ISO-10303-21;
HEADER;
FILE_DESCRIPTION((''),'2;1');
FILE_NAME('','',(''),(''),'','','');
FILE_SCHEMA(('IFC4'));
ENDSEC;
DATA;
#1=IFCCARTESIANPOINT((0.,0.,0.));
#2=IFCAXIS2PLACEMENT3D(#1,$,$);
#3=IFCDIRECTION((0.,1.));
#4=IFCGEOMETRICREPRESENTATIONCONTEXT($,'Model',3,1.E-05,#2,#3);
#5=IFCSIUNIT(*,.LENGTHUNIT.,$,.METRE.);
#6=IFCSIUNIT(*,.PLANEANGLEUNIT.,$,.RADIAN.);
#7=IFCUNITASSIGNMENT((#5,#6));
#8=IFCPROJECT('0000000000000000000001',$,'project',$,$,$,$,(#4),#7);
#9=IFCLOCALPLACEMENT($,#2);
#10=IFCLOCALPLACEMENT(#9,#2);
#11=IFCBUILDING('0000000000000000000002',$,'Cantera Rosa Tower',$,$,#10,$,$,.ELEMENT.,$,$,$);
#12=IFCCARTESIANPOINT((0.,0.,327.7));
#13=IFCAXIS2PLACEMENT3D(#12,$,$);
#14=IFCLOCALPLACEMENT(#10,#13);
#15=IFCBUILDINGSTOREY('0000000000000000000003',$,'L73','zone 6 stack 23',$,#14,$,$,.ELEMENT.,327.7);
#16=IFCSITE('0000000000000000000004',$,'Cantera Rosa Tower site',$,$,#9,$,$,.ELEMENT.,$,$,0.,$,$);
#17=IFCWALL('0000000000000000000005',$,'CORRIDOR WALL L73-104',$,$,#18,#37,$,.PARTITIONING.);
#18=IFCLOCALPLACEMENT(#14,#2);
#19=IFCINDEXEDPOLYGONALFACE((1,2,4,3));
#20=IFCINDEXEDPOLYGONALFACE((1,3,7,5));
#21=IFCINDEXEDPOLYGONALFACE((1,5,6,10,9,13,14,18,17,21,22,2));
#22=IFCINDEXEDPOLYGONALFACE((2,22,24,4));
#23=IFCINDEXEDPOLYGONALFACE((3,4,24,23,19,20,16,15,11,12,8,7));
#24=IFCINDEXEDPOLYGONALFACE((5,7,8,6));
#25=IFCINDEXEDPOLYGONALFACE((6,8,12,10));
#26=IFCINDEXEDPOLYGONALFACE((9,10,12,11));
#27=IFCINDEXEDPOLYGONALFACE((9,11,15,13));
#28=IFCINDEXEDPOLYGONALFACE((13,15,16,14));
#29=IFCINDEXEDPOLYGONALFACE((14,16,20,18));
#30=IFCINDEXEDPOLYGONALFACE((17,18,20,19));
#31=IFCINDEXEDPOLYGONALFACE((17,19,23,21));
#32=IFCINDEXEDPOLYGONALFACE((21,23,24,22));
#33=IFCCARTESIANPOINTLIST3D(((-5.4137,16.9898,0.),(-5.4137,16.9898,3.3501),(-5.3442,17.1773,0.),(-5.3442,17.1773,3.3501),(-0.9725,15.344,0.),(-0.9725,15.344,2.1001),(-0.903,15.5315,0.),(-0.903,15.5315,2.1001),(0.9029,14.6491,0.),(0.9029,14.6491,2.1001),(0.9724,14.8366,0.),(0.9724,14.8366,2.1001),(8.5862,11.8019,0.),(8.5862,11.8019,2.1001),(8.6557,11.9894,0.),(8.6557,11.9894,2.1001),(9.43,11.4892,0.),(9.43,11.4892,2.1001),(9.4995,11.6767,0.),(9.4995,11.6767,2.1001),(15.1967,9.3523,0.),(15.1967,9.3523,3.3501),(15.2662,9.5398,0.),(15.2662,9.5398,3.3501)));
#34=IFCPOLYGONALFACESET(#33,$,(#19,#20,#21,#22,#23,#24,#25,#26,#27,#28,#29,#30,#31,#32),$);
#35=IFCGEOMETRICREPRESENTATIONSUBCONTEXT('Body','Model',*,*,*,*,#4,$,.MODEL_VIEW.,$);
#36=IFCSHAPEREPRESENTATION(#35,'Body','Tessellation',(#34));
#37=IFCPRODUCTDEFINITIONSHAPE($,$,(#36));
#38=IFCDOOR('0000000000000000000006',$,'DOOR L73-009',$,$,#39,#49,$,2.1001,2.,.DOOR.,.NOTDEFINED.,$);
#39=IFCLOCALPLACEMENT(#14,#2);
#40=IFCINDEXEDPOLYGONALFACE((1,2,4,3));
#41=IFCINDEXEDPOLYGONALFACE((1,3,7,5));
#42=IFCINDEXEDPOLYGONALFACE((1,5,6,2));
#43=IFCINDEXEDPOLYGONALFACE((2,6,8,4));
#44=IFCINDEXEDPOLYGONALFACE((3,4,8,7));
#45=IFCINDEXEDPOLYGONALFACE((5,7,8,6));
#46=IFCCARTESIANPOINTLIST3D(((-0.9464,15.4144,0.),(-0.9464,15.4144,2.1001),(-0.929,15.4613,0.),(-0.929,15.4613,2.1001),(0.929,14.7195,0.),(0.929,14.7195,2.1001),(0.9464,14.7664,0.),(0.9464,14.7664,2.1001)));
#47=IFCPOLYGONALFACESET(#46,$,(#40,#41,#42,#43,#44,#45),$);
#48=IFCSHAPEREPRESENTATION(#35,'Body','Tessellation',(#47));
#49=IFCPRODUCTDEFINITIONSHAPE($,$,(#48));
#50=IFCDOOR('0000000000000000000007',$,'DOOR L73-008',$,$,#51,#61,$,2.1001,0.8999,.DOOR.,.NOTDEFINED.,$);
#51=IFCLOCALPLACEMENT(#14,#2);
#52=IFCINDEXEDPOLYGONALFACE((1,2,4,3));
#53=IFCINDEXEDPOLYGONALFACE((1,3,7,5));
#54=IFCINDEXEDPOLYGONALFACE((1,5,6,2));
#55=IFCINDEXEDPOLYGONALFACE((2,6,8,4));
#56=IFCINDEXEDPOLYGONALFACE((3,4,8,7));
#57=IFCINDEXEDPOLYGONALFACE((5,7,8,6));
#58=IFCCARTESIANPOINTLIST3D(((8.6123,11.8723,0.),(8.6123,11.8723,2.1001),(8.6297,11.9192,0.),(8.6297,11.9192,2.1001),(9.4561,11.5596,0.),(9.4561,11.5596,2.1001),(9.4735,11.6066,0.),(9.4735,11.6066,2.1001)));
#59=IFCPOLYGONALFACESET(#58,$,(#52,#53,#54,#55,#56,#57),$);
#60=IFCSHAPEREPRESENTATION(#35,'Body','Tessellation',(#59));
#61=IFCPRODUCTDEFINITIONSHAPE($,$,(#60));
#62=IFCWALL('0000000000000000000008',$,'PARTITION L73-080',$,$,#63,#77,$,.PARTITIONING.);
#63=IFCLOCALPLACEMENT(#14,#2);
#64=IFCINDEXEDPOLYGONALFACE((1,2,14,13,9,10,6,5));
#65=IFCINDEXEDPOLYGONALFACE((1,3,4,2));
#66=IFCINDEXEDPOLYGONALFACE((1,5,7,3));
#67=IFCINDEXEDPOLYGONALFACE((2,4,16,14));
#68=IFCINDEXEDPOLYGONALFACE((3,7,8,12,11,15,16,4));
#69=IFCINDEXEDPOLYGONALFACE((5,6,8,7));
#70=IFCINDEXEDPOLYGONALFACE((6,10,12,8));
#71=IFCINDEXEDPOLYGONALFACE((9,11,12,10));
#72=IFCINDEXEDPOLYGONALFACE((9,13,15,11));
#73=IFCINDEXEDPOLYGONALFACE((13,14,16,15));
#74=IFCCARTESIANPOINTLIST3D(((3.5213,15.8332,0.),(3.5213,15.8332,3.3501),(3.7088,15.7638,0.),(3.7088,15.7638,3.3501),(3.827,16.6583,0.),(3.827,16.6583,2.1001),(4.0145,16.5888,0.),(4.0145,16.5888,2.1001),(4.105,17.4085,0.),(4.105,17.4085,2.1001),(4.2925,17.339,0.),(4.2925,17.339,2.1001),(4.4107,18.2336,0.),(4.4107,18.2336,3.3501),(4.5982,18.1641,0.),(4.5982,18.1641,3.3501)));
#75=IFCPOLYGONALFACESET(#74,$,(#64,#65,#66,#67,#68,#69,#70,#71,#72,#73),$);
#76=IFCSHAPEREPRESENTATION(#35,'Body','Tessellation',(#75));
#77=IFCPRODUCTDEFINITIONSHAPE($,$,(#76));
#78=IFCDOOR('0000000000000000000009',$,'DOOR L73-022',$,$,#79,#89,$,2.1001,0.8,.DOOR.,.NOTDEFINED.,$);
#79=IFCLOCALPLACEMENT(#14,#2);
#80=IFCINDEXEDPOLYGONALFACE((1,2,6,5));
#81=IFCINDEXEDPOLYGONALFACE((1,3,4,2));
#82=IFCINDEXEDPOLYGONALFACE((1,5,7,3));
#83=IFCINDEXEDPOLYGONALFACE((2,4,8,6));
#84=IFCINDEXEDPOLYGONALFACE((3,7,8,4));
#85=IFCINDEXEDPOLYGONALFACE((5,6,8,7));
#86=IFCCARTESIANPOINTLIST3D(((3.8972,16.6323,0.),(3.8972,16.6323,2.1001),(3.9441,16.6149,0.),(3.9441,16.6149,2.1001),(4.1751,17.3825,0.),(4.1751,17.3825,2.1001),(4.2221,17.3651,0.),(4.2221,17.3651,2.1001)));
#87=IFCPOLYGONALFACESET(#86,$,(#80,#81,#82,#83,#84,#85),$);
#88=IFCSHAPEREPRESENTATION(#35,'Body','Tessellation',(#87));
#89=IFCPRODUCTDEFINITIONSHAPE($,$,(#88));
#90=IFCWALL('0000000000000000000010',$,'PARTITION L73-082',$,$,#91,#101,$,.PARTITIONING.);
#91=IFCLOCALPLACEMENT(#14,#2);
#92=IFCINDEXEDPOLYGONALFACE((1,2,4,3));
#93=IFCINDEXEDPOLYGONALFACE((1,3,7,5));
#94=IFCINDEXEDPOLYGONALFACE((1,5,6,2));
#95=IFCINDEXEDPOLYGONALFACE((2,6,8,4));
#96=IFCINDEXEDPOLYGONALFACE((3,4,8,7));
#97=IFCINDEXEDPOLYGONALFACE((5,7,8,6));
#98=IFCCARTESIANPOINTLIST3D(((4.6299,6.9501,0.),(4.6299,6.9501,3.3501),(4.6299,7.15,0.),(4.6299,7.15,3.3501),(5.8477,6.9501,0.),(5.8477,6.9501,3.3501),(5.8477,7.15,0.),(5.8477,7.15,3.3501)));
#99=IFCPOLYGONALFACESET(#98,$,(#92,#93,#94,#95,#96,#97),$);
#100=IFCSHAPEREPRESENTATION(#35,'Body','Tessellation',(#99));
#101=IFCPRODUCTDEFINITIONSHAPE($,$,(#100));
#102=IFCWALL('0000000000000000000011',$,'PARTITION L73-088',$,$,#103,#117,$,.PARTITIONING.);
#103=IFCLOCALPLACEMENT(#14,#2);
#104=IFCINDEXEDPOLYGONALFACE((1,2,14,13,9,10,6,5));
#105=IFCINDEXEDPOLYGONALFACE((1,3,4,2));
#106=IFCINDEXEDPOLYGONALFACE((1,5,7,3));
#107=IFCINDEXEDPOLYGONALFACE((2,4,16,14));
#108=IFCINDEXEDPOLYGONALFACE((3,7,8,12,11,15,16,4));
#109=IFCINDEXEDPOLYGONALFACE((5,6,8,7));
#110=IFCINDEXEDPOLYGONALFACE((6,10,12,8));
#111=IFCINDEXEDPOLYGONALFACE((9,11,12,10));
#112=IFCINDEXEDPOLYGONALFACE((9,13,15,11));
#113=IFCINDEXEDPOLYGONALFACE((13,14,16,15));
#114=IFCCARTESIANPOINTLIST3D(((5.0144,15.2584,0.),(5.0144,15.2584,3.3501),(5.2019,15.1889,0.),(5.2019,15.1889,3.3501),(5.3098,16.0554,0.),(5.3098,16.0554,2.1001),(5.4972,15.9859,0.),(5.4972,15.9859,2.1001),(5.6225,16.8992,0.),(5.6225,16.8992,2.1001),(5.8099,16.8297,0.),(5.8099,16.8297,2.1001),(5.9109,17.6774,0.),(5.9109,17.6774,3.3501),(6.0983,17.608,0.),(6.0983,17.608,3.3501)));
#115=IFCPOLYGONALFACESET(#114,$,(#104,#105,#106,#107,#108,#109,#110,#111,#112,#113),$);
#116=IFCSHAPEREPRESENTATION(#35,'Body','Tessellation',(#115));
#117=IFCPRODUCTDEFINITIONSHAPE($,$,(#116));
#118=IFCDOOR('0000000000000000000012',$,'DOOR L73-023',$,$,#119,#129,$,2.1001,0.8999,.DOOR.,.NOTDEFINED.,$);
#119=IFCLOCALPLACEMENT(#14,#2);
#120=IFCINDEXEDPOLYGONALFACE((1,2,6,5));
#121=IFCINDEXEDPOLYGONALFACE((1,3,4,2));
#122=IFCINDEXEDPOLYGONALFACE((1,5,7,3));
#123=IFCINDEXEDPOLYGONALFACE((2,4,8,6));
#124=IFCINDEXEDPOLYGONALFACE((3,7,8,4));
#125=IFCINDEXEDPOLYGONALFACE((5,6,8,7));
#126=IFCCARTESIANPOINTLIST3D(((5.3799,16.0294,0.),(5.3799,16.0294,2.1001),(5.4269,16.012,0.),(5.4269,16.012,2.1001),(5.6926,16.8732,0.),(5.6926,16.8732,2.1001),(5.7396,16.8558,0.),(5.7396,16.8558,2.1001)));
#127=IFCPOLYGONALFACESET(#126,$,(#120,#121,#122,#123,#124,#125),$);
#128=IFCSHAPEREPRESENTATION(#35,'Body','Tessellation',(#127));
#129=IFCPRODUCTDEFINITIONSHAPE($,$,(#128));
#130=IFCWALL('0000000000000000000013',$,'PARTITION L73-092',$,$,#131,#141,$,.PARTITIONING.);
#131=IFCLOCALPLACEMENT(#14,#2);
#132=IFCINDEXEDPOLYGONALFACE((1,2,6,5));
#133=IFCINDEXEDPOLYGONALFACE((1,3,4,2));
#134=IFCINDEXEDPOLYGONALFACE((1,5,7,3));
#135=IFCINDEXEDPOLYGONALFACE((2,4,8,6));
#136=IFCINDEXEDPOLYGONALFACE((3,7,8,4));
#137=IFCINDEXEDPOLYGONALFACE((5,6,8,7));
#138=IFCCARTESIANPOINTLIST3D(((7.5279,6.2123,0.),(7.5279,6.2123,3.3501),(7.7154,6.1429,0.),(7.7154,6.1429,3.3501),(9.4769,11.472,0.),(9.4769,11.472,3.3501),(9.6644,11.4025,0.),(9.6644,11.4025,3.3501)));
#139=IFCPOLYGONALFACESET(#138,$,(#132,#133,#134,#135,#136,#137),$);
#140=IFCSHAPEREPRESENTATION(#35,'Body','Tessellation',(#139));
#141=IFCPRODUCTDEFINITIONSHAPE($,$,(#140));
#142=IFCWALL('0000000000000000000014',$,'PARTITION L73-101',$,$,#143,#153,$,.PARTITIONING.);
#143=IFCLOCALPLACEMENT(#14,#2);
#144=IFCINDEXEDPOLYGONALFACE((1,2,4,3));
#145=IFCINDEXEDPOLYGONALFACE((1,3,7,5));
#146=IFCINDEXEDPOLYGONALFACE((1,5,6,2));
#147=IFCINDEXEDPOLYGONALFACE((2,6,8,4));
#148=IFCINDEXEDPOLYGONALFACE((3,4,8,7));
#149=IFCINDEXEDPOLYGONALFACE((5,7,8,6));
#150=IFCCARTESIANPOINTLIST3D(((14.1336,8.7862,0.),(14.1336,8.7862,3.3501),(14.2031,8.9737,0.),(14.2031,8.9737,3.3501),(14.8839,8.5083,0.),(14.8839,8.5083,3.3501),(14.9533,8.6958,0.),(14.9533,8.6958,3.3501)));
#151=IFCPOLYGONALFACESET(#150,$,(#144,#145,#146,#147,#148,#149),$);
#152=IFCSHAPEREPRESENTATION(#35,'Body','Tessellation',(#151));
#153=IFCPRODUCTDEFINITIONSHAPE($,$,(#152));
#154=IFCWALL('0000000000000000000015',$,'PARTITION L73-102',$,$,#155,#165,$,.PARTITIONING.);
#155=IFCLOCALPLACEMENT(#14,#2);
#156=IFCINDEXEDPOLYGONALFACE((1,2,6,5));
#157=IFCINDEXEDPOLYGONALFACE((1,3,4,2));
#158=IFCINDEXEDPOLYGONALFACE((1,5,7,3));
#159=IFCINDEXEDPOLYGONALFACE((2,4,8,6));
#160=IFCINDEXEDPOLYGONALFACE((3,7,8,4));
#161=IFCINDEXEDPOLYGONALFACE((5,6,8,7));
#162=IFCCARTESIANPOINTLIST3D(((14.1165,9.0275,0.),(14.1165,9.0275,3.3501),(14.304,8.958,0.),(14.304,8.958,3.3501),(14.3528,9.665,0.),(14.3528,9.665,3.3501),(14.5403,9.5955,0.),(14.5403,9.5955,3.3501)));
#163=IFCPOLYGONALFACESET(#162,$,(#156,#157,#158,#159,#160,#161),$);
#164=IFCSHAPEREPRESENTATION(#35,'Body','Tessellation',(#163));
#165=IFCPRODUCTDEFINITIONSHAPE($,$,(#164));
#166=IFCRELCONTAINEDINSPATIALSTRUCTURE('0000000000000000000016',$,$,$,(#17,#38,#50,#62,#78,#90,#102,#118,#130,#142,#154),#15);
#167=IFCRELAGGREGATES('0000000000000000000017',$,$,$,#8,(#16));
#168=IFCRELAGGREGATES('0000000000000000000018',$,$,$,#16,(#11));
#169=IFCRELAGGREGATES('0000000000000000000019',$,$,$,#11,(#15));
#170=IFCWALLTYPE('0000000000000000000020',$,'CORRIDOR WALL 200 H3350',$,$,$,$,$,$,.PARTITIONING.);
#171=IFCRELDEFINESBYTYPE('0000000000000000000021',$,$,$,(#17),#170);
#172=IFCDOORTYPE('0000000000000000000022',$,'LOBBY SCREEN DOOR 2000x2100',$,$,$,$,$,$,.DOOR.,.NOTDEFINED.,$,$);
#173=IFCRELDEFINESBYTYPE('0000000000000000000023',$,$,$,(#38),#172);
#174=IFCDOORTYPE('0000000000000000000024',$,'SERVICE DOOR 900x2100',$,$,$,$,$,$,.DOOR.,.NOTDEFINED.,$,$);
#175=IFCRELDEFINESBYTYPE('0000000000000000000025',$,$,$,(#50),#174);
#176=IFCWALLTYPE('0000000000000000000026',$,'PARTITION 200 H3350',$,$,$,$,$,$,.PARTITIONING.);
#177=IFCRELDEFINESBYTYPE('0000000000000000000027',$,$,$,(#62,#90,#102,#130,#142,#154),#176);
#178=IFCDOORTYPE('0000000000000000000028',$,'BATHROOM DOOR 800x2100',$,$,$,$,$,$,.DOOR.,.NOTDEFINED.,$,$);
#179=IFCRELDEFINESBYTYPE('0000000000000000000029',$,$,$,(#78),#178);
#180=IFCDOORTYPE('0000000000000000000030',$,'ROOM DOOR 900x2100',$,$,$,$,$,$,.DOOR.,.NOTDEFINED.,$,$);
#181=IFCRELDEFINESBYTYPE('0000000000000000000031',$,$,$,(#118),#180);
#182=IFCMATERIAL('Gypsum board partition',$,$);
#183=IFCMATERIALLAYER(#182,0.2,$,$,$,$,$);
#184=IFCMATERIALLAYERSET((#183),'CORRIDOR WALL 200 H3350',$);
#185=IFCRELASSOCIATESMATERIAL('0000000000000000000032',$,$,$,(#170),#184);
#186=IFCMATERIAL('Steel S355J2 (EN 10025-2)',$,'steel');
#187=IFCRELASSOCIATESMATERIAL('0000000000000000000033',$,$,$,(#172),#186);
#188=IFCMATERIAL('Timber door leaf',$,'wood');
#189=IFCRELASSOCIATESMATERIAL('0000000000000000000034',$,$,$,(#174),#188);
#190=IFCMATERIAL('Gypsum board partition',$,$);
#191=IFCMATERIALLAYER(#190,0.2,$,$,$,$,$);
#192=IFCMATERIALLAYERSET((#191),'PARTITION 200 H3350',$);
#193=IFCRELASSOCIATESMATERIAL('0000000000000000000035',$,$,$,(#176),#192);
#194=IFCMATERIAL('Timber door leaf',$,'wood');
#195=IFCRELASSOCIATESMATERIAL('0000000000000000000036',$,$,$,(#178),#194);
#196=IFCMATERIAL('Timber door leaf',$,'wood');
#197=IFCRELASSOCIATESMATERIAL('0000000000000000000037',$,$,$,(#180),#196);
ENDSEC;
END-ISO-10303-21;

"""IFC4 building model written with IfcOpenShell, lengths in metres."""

from ifc_helpers import new_model, si_unit, direction, frame, frame_2d, origin, place, context, subcontext, project, spatial, rectangle, extrude, material, layer, layer_set, type_object, element, fill, save


model = new_model("IFC4")

# Units and contexts
model_context = context("Model", 3, precision=1e-05, world=origin(), true_north=direction((0.0, 1.0)))
body_context = subcontext(model_context, "Body", "Model", "MODEL_VIEW")
ifc_project = project(units=[si_unit("LENGTHUNIT", "METRE"), si_unit("PLANEANGLEUNIT", "RADIAN")], contexts=[model_context])

# Site, building, storey
site_placement = place(None, origin())
site = spatial("IfcSite", under=ifc_project, at=site_placement, Name="Cantera Rosa Tower site", CompositionType="ELEMENT", RefElevation=0.0)
building_placement = place(site_placement, origin())
building = spatial("IfcBuilding", under=site, at=building_placement, Name="Cantera Rosa Tower", CompositionType="ELEMENT")
storey_placement = place(building_placement, frame((0.0, 0.0, 327.7)))
storey = spatial("IfcBuildingStorey", under=building, at=storey_placement, Name="L73", Description="zone 6 stack 23", CompositionType="ELEMENT", Elevation=327.7)

# Shared definitions
ifc_material_1 = material(Name="Gypsum board partition")
ifc_layer_1 = layer(ifc_material_1, 0.2)
ifc_layer_set_1 = layer_set([ifc_layer_1], Name="CORRIDOR WALL 200 H3350")
wall_type_1 = type_object("IfcWallType", Name="CORRIDOR WALL 200 H3350", PredefinedType="PARTITIONING", material=ifc_layer_set_1)

# Wall, openings, doors
wall_1_placement = place(storey_placement, frame((15.2314, 9.446, 0.0), z_axis=(0.0, 0.0, 1.0), x_axis=(-0.93769, 0.347474, 0.0)))
wall_1 = element("IfcWall", 1, at=wall_1_placement, inside=storey, type_object=wall_type_1, Name="CORRIDOR WALL L73-104", PredefinedType="PARTITIONING", context=body_context, shape_type="SweptSolid", body=[
    extrude(rectangle(XDim=21.98, YDim=0.2, at=frame_2d((10.99, 0.0))), origin(), (0.0, 0.0, 1.0), 3.3501),
])
opening_1_placement = place(wall_1_placement, frame((6.1499, 0.0, 0.0)))
opening_1 = element("IfcOpeningElement", 2, at=opening_1_placement, cuts=wall_1, PredefinedType="OPENING", context=body_context, shape_type="SweptSolid", body=[
    extrude(rectangle(XDim=0.8999, YDim=2.1001, at=frame_2d((0.45, 1.05))), frame((0.0, 0.1099, 0.0), z_axis=(0.0, -1.0, 0.0), x_axis=(1.0, 0.0, 0.0)), (0.0, 0.0, 1.0), 0.22),
])
opening_2_placement = place(wall_1_placement, frame((15.2437, 0.0, 0.0)))
opening_2 = element("IfcOpeningElement", 3, at=opening_2_placement, cuts=wall_1, PredefinedType="OPENING", context=body_context, shape_type="SweptSolid", body=[
    extrude(rectangle(XDim=2.0, YDim=2.1001, at=frame_2d((1.0, 1.05))), frame((0.0, 0.1099, 0.0), z_axis=(0.0, -1.0, 0.0), x_axis=(1.0, 0.0, 0.0)), (0.0, 0.0, 1.0), 0.22),
])
ifc_material_2 = material(Name="Steel S355J2 (EN 10025-2)", Category="steel")
door_type_1 = type_object("IfcDoorType", Name="LOBBY SCREEN DOOR 2000x2100", OperationType="NOTDEFINED", PredefinedType="DOOR", material=ifc_material_2)
door_1_placement = place(opening_2_placement, origin())
door_1 = element("IfcDoor", 4, at=door_1_placement, inside=storey, type_object=door_type_1, Name="DOOR L73-009", OperationType="NOTDEFINED", OverallHeight=2.1001, OverallWidth=2.0, PredefinedType="DOOR", context=body_context, shape_type="SweptSolid", body=[
    extrude(rectangle(XDim=2.0, YDim=2.1001, at=frame_2d((1.0, 1.05))), frame((0.0, 0.0249, 0.0), z_axis=(0.0, -1.0, 0.0), x_axis=(1.0, 0.0, 0.0)), (0.0, 0.0, 1.0), 0.05),
])
fill(opening_2, door_1)
ifc_material_3 = material(Name="Timber door leaf", Category="wood")
door_type_2 = type_object("IfcDoorType", Name="SERVICE DOOR 900x2100", OperationType="NOTDEFINED", PredefinedType="DOOR", material=ifc_material_3)
door_2_placement = place(opening_1_placement, origin())
door_2 = element("IfcDoor", 5, at=door_2_placement, inside=storey, type_object=door_type_2, Name="DOOR L73-008", OperationType="NOTDEFINED", OverallHeight=2.1001, OverallWidth=0.8999, PredefinedType="DOOR", context=body_context, shape_type="SweptSolid", body=[
    extrude(rectangle(XDim=0.8999, YDim=2.1001, at=frame_2d((0.45, 1.05))), frame((0.0, 0.0249, 0.0), z_axis=(0.0, -1.0, 0.0), x_axis=(1.0, 0.0, 0.0)), (0.0, 0.0, 1.0), 0.05),
])
fill(opening_1, door_2)

# Wall, opening, door
ifc_material_4 = material(Name="Gypsum board partition")
ifc_layer_2 = layer(ifc_material_4, 0.2)
ifc_layer_set_2 = layer_set([ifc_layer_2], Name="PARTITION 200 H3350")
wall_type_2 = type_object("IfcWallType", Name="PARTITION 200 H3350", PredefinedType="PARTITIONING", material=ifc_layer_set_2)
wall_2_placement = place(storey_placement, frame((4.5044, 18.1987, 0.0), z_axis=(0.0, 0.0, 1.0), x_axis=(-0.347442, -0.937702, 0.0)))
wall_2 = element("IfcWall", 6, at=wall_2_placement, inside=storey, type_object=wall_type_2, Name="PARTITION L73-080", PredefinedType="PARTITIONING", context=body_context, shape_type="SweptSolid", body=[
    extrude(rectangle(XDim=2.5598, YDim=0.2, at=frame_2d((1.2798, 0.0))), origin(), (0.0, 0.0, 1.0), 3.3501),
])
opening_3_placement = place(wall_2_placement, frame((0.8799, 0.0, 0.0)))
opening_3 = element("IfcOpeningElement", 7, at=opening_3_placement, cuts=wall_2, PredefinedType="OPENING", context=body_context, shape_type="SweptSolid", body=[
    extrude(rectangle(XDim=0.8, YDim=2.1001, at=frame_2d((0.3999, 1.05))), frame((0.0, 0.1099, 0.0), z_axis=(0.0, -1.0, 0.0), x_axis=(1.0, 0.0, 0.0)), (0.0, 0.0, 1.0), 0.22),
])
ifc_material_5 = material(Name="Timber door leaf", Category="wood")
door_type_3 = type_object("IfcDoorType", Name="BATHROOM DOOR 800x2100", OperationType="NOTDEFINED", PredefinedType="DOOR", material=ifc_material_5)
door_3_placement = place(opening_3_placement, origin())
door_3 = element("IfcDoor", 8, at=door_3_placement, inside=storey, type_object=door_type_3, Name="DOOR L73-022", OperationType="NOTDEFINED", OverallHeight=2.1001, OverallWidth=0.8, PredefinedType="DOOR", context=body_context, shape_type="SweptSolid", body=[
    extrude(rectangle(XDim=0.8, YDim=2.1001, at=frame_2d((0.3999, 1.05))), frame((0.0, 0.0249, 0.0), z_axis=(0.0, -1.0, 0.0), x_axis=(1.0, 0.0, 0.0)), (0.0, 0.0, 1.0), 0.05),
])
fill(opening_3, door_3)

# Wall
wall_3_placement = place(storey_placement, frame((4.6299, 7.05, 0.0), z_axis=(0.0, 0.0, 1.0), x_axis=(1.0, 0.0, 0.0)))
element("IfcWall", 9, at=wall_3_placement, inside=storey, type_object=wall_type_2, Name="PARTITION L73-082", PredefinedType="PARTITIONING", context=body_context, shape_type="SweptSolid", body=[
    extrude(rectangle(XDim=1.2178, YDim=0.2, at=frame_2d((0.6089, 0.0))), origin(), (0.0, 0.0, 1.0), 3.3501),
])

# Wall, opening, door
wall_4_placement = place(storey_placement, frame((6.0046, 17.6428, 0.0), z_axis=(0.0, 0.0, 1.0), x_axis=(-0.347481, -0.937687, 0.0)))
wall_4 = element("IfcWall", 10, at=wall_4_placement, inside=storey, type_object=wall_type_2, Name="PARTITION L73-088", PredefinedType="PARTITIONING", context=body_context, shape_type="SweptSolid", body=[
    extrude(rectangle(XDim=2.5798, YDim=0.2, at=frame_2d((1.29, 0.0))), origin(), (0.0, 0.0, 1.0), 3.3501),
])
opening_4_placement = place(wall_4_placement, frame((0.8301, 0.0, 0.0)))
opening_4 = element("IfcOpeningElement", 11, at=opening_4_placement, cuts=wall_4, PredefinedType="OPENING", context=body_context, shape_type="SweptSolid", body=[
    extrude(rectangle(XDim=0.8999, YDim=2.1001, at=frame_2d((0.45, 1.05))), frame((0.0, 0.1099, 0.0), z_axis=(0.0, -1.0, 0.0), x_axis=(1.0, 0.0, 0.0)), (0.0, 0.0, 1.0), 0.22),
])
ifc_material_6 = material(Name="Timber door leaf", Category="wood")
door_type_4 = type_object("IfcDoorType", Name="ROOM DOOR 900x2100", OperationType="NOTDEFINED", PredefinedType="DOOR", material=ifc_material_6)
door_4_placement = place(opening_4_placement, origin())
door_4 = element("IfcDoor", 12, at=door_4_placement, inside=storey, type_object=door_type_4, Name="DOOR L73-023", OperationType="NOTDEFINED", OverallHeight=2.1001, OverallWidth=0.8999, PredefinedType="DOOR", context=body_context, shape_type="SweptSolid", body=[
    extrude(rectangle(XDim=0.8999, YDim=2.1001, at=frame_2d((0.45, 1.05))), frame((0.0, 0.0249, 0.0), z_axis=(0.0, -1.0, 0.0), x_axis=(1.0, 0.0, 0.0)), (0.0, 0.0, 1.0), 0.05),
])
fill(opening_4, door_4)

# Walls
wall_5_placement = place(storey_placement, frame((7.6216, 6.1775, 0.0), z_axis=(0.0, 0.0, 1.0), x_axis=(0.347472, 0.93769, 0.0)))
element("IfcWall", 13, at=wall_5_placement, inside=storey, type_object=wall_type_2, Name="PARTITION L73-092", PredefinedType="PARTITIONING", context=body_context, shape_type="SweptSolid", body=[
    extrude(rectangle(XDim=5.6091, YDim=0.2, at=frame_2d((2.8047, 0.0))), origin(), (0.0, 0.0, 1.0), 3.3501),
])
wall_6_placement = place(storey_placement, frame((14.1685, 8.8799, 0.0), z_axis=(0.0, 0.0, 1.0), x_axis=(0.937763, -0.347275, 0.0)))
element("IfcWall", 14, at=wall_6_placement, inside=storey, type_object=wall_type_2, Name="PARTITION L73-101", PredefinedType="PARTITIONING", context=body_context, shape_type="SweptSolid", body=[
    extrude(rectangle(XDim=0.8, YDim=0.2, at=frame_2d((0.3999, 0.0))), origin(), (0.0, 0.0, 1.0), 3.3501),
])
wall_7_placement = place(storey_placement, frame((14.4465, 9.6301, 0.0), z_axis=(0.0, 0.0, 1.0), x_axis=(-0.347618, -0.937636, 0.0)))
element("IfcWall", 15, at=wall_7_placement, inside=storey, type_object=wall_type_2, Name="PARTITION L73-102", PredefinedType="PARTITIONING", context=body_context, shape_type="SweptSolid", body=[
    extrude(rectangle(XDim=0.6799, YDim=0.2, at=frame_2d((0.3398, 0.0))), origin(), (0.0, 0.0, 1.0), 3.3501),
])

save(model, "model.ifc")
